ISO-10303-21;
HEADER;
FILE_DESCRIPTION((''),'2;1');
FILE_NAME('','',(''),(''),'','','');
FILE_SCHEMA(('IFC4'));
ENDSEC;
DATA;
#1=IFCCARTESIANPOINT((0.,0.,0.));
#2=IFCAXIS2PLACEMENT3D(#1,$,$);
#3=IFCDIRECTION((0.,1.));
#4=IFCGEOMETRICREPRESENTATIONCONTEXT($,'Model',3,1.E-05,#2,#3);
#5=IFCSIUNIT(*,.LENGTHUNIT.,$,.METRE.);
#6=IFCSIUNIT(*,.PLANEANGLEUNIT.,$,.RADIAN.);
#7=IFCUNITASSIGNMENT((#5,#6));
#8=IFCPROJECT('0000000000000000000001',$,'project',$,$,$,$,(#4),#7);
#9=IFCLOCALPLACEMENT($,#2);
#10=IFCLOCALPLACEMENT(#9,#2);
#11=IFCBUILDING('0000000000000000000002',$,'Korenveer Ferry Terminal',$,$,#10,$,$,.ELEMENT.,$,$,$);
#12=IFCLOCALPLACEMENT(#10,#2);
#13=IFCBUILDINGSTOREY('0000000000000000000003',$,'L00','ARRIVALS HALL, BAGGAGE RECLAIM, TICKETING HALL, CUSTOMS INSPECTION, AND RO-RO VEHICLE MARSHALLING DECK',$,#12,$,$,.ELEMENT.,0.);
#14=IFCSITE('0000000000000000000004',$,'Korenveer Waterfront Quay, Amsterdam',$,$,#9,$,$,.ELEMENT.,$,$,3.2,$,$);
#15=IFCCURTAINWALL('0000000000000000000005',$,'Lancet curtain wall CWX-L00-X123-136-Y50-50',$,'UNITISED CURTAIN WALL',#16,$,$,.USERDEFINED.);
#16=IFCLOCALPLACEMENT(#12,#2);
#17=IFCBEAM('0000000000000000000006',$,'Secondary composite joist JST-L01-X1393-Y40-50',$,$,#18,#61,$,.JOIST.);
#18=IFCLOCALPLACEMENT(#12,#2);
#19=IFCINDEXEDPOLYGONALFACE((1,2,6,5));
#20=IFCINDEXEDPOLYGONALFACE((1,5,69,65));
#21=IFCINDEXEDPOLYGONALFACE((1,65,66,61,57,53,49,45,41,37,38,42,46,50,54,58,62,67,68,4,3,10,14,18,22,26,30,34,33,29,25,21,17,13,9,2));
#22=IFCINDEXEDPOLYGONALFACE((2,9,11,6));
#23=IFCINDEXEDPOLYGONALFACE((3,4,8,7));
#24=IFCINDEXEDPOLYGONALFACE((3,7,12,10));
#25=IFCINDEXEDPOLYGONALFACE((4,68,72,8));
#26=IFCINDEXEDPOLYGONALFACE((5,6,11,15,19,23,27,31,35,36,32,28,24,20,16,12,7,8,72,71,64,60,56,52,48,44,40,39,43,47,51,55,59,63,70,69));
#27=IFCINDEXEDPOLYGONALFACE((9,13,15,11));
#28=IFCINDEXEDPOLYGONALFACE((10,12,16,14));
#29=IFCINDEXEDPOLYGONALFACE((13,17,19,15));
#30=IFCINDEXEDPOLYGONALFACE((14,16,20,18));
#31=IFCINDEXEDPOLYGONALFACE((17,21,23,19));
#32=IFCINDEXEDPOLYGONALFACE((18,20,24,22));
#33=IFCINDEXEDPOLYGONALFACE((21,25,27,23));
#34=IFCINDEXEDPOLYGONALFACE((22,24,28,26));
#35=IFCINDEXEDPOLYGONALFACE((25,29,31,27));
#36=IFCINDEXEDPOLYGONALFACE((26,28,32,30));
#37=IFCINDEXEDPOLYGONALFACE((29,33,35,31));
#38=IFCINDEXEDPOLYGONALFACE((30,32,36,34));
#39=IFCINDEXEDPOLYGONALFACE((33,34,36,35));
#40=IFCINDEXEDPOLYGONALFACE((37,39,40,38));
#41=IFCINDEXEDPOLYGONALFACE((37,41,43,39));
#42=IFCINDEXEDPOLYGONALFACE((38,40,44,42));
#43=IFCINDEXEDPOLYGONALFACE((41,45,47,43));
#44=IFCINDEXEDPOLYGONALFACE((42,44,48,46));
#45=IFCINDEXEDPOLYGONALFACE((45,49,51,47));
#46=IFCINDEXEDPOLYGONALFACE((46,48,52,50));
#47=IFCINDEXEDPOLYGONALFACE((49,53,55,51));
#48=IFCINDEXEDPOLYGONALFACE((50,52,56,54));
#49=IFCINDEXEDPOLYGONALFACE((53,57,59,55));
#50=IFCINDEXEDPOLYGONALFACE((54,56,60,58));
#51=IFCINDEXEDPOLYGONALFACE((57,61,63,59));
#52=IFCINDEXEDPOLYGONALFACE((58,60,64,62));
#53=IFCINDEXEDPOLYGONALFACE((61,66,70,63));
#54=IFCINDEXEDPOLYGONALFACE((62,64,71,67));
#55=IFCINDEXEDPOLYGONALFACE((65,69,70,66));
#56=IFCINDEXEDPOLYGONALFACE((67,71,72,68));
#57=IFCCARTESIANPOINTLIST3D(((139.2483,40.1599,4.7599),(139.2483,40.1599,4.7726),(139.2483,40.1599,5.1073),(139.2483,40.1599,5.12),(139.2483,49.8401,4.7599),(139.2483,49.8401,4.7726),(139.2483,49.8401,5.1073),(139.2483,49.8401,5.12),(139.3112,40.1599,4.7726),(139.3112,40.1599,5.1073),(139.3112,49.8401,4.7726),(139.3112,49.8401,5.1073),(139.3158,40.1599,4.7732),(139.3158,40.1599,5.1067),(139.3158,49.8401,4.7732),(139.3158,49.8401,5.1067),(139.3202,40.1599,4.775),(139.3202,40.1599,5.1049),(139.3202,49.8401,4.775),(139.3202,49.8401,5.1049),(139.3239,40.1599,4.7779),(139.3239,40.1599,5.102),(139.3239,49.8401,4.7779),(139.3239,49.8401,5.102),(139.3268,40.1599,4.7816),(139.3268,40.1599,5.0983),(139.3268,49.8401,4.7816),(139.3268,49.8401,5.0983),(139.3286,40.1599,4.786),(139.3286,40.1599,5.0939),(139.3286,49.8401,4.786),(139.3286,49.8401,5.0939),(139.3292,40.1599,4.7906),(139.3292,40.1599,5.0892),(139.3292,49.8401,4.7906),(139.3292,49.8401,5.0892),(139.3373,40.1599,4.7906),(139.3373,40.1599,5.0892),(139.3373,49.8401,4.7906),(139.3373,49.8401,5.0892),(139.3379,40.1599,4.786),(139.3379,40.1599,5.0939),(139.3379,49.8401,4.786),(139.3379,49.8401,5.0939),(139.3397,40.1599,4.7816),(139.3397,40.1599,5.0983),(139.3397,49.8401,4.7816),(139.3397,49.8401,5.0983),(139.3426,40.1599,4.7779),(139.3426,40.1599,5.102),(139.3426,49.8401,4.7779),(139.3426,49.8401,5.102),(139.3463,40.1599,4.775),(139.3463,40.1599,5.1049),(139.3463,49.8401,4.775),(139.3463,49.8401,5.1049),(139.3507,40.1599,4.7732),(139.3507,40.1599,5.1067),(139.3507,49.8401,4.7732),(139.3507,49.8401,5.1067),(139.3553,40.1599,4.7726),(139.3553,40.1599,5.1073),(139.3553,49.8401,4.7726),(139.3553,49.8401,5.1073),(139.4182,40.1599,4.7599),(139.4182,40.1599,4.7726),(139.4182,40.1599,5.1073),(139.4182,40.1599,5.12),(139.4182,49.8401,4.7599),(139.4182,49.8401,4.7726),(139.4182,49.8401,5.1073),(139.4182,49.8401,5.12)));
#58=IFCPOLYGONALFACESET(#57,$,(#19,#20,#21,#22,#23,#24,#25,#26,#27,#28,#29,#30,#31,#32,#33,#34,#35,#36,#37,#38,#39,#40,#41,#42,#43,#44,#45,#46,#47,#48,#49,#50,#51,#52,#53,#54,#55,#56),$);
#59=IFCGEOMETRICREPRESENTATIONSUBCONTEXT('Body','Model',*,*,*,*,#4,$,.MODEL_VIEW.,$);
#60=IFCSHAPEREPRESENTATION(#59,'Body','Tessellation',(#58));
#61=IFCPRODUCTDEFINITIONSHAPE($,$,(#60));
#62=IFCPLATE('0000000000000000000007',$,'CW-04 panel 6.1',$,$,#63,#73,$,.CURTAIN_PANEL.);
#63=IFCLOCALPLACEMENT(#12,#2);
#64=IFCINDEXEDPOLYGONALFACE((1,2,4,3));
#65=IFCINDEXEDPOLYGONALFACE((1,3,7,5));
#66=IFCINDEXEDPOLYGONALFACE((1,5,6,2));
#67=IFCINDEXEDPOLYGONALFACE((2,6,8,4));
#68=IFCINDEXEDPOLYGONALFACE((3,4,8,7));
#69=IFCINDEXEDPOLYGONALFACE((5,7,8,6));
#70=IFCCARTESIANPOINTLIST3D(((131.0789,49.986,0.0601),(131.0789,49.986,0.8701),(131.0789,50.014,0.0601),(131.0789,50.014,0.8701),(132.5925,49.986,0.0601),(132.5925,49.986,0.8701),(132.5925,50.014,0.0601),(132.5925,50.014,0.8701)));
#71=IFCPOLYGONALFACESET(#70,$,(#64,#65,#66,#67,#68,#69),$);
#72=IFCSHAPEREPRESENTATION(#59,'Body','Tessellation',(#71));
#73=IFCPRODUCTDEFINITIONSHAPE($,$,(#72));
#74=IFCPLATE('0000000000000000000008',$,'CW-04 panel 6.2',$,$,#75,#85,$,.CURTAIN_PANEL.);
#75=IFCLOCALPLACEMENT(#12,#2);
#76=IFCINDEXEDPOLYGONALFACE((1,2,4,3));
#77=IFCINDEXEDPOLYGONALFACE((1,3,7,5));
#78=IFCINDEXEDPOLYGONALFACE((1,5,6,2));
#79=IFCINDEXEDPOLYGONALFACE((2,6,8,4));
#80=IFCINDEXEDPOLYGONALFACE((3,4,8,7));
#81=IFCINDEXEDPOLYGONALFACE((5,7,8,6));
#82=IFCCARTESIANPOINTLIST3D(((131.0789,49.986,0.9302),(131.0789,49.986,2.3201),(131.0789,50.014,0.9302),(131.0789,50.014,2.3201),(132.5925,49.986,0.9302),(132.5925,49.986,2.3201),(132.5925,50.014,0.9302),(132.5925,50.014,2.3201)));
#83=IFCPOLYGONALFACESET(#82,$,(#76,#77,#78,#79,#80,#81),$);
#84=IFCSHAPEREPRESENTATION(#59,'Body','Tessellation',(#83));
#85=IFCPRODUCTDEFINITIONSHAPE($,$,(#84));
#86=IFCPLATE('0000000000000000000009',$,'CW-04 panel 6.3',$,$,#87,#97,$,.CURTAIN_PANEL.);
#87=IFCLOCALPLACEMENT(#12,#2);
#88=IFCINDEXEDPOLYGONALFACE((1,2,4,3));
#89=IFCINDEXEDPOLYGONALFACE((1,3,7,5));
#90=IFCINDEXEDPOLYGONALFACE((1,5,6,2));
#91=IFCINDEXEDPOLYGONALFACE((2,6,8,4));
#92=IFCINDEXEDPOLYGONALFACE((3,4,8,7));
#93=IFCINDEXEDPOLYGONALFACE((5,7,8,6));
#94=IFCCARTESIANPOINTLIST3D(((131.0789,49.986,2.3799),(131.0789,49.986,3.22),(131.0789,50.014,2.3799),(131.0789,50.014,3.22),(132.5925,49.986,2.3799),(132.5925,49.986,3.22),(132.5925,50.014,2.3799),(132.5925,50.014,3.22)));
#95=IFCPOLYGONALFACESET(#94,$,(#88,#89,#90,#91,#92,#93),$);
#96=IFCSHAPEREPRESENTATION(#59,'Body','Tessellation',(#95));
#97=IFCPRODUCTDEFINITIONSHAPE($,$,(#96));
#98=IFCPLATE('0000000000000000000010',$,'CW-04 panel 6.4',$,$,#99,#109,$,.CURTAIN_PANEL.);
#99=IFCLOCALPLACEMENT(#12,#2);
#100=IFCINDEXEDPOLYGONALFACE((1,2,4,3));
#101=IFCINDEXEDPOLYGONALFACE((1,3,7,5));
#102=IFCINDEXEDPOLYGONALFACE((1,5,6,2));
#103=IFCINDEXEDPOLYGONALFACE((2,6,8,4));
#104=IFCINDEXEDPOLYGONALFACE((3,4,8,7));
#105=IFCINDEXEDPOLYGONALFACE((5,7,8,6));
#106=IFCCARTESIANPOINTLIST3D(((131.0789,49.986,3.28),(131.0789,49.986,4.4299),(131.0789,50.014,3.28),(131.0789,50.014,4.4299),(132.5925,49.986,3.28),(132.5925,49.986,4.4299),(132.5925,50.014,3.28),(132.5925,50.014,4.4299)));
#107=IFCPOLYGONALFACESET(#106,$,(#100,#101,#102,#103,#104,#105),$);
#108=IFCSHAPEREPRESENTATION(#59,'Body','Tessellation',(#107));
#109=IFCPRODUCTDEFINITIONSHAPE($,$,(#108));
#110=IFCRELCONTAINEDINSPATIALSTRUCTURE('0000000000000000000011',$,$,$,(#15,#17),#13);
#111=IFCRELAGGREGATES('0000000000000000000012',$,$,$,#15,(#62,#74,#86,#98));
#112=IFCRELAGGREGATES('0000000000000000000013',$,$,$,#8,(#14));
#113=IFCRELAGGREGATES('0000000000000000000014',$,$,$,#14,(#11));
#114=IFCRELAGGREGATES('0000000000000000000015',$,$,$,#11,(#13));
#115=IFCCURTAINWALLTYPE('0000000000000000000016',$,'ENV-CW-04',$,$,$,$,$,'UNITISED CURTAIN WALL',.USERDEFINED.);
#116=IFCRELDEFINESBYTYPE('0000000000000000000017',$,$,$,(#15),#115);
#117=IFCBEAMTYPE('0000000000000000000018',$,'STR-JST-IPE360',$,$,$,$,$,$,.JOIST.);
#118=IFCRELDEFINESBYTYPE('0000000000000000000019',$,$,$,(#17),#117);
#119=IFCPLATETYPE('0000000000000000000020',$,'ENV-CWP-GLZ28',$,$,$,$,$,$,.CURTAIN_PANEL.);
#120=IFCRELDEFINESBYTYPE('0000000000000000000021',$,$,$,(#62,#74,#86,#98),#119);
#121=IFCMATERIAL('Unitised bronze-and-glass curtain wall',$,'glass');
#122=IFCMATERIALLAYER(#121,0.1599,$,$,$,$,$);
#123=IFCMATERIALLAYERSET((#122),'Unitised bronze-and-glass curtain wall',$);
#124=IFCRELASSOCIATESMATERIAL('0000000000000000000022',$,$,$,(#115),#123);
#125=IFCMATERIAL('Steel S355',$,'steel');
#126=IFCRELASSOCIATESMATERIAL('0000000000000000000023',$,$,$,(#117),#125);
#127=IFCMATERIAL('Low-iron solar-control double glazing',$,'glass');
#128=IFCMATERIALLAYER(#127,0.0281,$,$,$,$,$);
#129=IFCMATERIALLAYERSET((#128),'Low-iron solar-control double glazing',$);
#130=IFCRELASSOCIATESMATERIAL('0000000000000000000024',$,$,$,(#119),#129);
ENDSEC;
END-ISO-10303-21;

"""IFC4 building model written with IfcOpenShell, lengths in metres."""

from ifc_helpers import new_model, si_unit, direction, frame, origin, origin_2d, place, context, subcontext, project, spatial, rectangle, i_section, extrude, material, layer, layer_set, material_profile, profile_set, type_object, element, aggregate, save


model = new_model("IFC4")

# Units and contexts
model_context = context("Model", 3, precision=1e-05, world=origin(), true_north=direction((0.0, 1.0)))
body_context = subcontext(model_context, "Body", "Model", "MODEL_VIEW")
ifc_project = project(units=[si_unit("LENGTHUNIT", "METRE"), si_unit("PLANEANGLEUNIT", "RADIAN")], contexts=[model_context])

# Site, building, storey
site_placement = place(None, origin())
site = spatial("IfcSite", under=ifc_project, at=site_placement, Name="Korenveer Waterfront Quay, Amsterdam", CompositionType="ELEMENT", RefElevation=3.2)
building_placement = place(site_placement, origin())
building = spatial("IfcBuilding", under=site, at=building_placement, Name="Korenveer Ferry Terminal", CompositionType="ELEMENT")
storey_placement = place(building_placement, origin())
storey = spatial("IfcBuildingStorey", under=building, at=storey_placement, Name="L00", Description="ARRIVALS HALL, BAGGAGE RECLAIM, TICKETING HALL, CUSTOMS INSPECTION, AND RO-RO VEHICLE MARSHALLING DECK", CompositionType="ELEMENT", Elevation=0.0)

# Curtain wall
ifc_material_1 = material(Name="Unitised bronze-and-glass curtain wall", Category="glass")
ifc_layer_1 = layer(ifc_material_1, 0.1599)
ifc_layer_set_1 = layer_set([ifc_layer_1], Name="Unitised bronze-and-glass curtain wall")
curtain_wall_type = type_object("IfcCurtainWallType", Name="ENV-CW-04", ElementType="UNITISED CURTAIN WALL", PredefinedType="USERDEFINED", material=ifc_layer_set_1)
curtain_wall_placement = place(storey_placement, frame((123.1799, 50.0, 0.0)))
curtain_wall = element("IfcCurtainWall", 1, at=curtain_wall_placement, inside=storey, type_object=curtain_wall_type, Name="Lancet curtain wall CWX-L00-X123-136-Y50-50", ObjectType="UNITISED CURTAIN WALL", PredefinedType="USERDEFINED")

# Beam
ifc_material_2 = material(Name="Steel S355", Category="steel")
ifc_material_profile_1 = material_profile(ifc_material_2, i_section(OverallWidth=0.1699, OverallDepth=0.3601, WebThickness=0.0081, FlangeThickness=0.0127, FilletRadius=0.0181, at=origin_2d()), Name="IPE 360")
ifc_profile_set_1 = profile_set([ifc_material_profile_1], Name="Steel S355")
beam_type_1 = type_object("IfcBeamType", Name="STR-JST-IPE360", PredefinedType="JOIST", material=ifc_profile_set_1)
for number, where, z_axis, x_axis, name in (
    (2, (139.3333, 40.1599, 4.9399), (0.0, 1.0, 0.0), (-1.0, 0.0, 0.0), "Secondary composite joist JST-L01-X1393-Y40-50"),
):
    element("IfcBeam", number, at=place(storey_placement, frame(where, z_axis=z_axis, x_axis=x_axis)), inside=storey, type_object=beam_type_1, Name=name, PredefinedType="JOIST", context=body_context, shape_type="SweptSolid", body=[
        extrude(i_section(OverallWidth=0.1699, OverallDepth=0.3601, WebThickness=0.0081, FlangeThickness=0.0127, FilletRadius=0.0181, at=origin_2d()), origin(), (0.0, 0.0, 1.0), 9.6802),
    ])

# Plates
ifc_material_3 = material(Name="Low-iron solar-control double glazing", Category="glass")
ifc_layer_2 = layer(ifc_material_3, 0.0281)
ifc_layer_set_2 = layer_set([ifc_layer_2], Name="Low-iron solar-control double glazing")
plate_type = type_object("IfcPlateType", Name="ENV-CWP-GLZ28", PredefinedType="CURTAIN_PANEL", material=ifc_layer_set_2)
plate_1_placement = place(storey_placement, frame((131.8357, 50.0, 0.0601), z_axis=(0.0, 0.0, 1.0), x_axis=(1.0, 0.0, 0.0)))
plate_1 = element("IfcPlate", 3, at=plate_1_placement, type_object=plate_type, Name="CW-04 panel 6.1", PredefinedType="CURTAIN_PANEL", context=body_context, shape_type="SweptSolid", body=[
    extrude(rectangle(XDim=1.5137, YDim=0.0281, at=origin_2d()), origin(), (0.0, 0.0, 1.0), 0.8101),
])
plate_2_placement = place(storey_placement, frame((131.8357, 50.0, 0.9302), z_axis=(0.0, 0.0, 1.0), x_axis=(1.0, 0.0, 0.0)))
plate_2 = element("IfcPlate", 4, at=plate_2_placement, type_object=plate_type, Name="CW-04 panel 6.2", PredefinedType="CURTAIN_PANEL", context=body_context, shape_type="SweptSolid", body=[
    extrude(rectangle(XDim=1.5137, YDim=0.0281, at=origin_2d()), origin(), (0.0, 0.0, 1.0), 1.3899),
])
plate_3_placement = place(storey_placement, frame((131.8357, 50.0, 2.3799), z_axis=(0.0, 0.0, 1.0), x_axis=(1.0, 0.0, 0.0)))
plate_3 = element("IfcPlate", 5, at=plate_3_placement, type_object=plate_type, Name="CW-04 panel 6.3", PredefinedType="CURTAIN_PANEL", context=body_context, shape_type="SweptSolid", body=[
    extrude(rectangle(XDim=1.5137, YDim=0.0281, at=origin_2d()), origin(), (0.0, 0.0, 1.0), 0.8401),
])
plate_4_placement = place(storey_placement, frame((131.8357, 50.0, 3.28), z_axis=(0.0, 0.0, 1.0), x_axis=(1.0, 0.0, 0.0)))
plate_4 = element("IfcPlate", 6, at=plate_4_placement, type_object=plate_type, Name="CW-04 panel 6.4", PredefinedType="CURTAIN_PANEL", context=body_context, shape_type="SweptSolid", body=[
    extrude(rectangle(XDim=1.5137, YDim=0.0281, at=origin_2d()), origin(), (0.0, 0.0, 1.0), 1.1499),
])
aggregate(curtain_wall, [plate_1, plate_2, plate_3, plate_4])

save(model, "model.ifc")
